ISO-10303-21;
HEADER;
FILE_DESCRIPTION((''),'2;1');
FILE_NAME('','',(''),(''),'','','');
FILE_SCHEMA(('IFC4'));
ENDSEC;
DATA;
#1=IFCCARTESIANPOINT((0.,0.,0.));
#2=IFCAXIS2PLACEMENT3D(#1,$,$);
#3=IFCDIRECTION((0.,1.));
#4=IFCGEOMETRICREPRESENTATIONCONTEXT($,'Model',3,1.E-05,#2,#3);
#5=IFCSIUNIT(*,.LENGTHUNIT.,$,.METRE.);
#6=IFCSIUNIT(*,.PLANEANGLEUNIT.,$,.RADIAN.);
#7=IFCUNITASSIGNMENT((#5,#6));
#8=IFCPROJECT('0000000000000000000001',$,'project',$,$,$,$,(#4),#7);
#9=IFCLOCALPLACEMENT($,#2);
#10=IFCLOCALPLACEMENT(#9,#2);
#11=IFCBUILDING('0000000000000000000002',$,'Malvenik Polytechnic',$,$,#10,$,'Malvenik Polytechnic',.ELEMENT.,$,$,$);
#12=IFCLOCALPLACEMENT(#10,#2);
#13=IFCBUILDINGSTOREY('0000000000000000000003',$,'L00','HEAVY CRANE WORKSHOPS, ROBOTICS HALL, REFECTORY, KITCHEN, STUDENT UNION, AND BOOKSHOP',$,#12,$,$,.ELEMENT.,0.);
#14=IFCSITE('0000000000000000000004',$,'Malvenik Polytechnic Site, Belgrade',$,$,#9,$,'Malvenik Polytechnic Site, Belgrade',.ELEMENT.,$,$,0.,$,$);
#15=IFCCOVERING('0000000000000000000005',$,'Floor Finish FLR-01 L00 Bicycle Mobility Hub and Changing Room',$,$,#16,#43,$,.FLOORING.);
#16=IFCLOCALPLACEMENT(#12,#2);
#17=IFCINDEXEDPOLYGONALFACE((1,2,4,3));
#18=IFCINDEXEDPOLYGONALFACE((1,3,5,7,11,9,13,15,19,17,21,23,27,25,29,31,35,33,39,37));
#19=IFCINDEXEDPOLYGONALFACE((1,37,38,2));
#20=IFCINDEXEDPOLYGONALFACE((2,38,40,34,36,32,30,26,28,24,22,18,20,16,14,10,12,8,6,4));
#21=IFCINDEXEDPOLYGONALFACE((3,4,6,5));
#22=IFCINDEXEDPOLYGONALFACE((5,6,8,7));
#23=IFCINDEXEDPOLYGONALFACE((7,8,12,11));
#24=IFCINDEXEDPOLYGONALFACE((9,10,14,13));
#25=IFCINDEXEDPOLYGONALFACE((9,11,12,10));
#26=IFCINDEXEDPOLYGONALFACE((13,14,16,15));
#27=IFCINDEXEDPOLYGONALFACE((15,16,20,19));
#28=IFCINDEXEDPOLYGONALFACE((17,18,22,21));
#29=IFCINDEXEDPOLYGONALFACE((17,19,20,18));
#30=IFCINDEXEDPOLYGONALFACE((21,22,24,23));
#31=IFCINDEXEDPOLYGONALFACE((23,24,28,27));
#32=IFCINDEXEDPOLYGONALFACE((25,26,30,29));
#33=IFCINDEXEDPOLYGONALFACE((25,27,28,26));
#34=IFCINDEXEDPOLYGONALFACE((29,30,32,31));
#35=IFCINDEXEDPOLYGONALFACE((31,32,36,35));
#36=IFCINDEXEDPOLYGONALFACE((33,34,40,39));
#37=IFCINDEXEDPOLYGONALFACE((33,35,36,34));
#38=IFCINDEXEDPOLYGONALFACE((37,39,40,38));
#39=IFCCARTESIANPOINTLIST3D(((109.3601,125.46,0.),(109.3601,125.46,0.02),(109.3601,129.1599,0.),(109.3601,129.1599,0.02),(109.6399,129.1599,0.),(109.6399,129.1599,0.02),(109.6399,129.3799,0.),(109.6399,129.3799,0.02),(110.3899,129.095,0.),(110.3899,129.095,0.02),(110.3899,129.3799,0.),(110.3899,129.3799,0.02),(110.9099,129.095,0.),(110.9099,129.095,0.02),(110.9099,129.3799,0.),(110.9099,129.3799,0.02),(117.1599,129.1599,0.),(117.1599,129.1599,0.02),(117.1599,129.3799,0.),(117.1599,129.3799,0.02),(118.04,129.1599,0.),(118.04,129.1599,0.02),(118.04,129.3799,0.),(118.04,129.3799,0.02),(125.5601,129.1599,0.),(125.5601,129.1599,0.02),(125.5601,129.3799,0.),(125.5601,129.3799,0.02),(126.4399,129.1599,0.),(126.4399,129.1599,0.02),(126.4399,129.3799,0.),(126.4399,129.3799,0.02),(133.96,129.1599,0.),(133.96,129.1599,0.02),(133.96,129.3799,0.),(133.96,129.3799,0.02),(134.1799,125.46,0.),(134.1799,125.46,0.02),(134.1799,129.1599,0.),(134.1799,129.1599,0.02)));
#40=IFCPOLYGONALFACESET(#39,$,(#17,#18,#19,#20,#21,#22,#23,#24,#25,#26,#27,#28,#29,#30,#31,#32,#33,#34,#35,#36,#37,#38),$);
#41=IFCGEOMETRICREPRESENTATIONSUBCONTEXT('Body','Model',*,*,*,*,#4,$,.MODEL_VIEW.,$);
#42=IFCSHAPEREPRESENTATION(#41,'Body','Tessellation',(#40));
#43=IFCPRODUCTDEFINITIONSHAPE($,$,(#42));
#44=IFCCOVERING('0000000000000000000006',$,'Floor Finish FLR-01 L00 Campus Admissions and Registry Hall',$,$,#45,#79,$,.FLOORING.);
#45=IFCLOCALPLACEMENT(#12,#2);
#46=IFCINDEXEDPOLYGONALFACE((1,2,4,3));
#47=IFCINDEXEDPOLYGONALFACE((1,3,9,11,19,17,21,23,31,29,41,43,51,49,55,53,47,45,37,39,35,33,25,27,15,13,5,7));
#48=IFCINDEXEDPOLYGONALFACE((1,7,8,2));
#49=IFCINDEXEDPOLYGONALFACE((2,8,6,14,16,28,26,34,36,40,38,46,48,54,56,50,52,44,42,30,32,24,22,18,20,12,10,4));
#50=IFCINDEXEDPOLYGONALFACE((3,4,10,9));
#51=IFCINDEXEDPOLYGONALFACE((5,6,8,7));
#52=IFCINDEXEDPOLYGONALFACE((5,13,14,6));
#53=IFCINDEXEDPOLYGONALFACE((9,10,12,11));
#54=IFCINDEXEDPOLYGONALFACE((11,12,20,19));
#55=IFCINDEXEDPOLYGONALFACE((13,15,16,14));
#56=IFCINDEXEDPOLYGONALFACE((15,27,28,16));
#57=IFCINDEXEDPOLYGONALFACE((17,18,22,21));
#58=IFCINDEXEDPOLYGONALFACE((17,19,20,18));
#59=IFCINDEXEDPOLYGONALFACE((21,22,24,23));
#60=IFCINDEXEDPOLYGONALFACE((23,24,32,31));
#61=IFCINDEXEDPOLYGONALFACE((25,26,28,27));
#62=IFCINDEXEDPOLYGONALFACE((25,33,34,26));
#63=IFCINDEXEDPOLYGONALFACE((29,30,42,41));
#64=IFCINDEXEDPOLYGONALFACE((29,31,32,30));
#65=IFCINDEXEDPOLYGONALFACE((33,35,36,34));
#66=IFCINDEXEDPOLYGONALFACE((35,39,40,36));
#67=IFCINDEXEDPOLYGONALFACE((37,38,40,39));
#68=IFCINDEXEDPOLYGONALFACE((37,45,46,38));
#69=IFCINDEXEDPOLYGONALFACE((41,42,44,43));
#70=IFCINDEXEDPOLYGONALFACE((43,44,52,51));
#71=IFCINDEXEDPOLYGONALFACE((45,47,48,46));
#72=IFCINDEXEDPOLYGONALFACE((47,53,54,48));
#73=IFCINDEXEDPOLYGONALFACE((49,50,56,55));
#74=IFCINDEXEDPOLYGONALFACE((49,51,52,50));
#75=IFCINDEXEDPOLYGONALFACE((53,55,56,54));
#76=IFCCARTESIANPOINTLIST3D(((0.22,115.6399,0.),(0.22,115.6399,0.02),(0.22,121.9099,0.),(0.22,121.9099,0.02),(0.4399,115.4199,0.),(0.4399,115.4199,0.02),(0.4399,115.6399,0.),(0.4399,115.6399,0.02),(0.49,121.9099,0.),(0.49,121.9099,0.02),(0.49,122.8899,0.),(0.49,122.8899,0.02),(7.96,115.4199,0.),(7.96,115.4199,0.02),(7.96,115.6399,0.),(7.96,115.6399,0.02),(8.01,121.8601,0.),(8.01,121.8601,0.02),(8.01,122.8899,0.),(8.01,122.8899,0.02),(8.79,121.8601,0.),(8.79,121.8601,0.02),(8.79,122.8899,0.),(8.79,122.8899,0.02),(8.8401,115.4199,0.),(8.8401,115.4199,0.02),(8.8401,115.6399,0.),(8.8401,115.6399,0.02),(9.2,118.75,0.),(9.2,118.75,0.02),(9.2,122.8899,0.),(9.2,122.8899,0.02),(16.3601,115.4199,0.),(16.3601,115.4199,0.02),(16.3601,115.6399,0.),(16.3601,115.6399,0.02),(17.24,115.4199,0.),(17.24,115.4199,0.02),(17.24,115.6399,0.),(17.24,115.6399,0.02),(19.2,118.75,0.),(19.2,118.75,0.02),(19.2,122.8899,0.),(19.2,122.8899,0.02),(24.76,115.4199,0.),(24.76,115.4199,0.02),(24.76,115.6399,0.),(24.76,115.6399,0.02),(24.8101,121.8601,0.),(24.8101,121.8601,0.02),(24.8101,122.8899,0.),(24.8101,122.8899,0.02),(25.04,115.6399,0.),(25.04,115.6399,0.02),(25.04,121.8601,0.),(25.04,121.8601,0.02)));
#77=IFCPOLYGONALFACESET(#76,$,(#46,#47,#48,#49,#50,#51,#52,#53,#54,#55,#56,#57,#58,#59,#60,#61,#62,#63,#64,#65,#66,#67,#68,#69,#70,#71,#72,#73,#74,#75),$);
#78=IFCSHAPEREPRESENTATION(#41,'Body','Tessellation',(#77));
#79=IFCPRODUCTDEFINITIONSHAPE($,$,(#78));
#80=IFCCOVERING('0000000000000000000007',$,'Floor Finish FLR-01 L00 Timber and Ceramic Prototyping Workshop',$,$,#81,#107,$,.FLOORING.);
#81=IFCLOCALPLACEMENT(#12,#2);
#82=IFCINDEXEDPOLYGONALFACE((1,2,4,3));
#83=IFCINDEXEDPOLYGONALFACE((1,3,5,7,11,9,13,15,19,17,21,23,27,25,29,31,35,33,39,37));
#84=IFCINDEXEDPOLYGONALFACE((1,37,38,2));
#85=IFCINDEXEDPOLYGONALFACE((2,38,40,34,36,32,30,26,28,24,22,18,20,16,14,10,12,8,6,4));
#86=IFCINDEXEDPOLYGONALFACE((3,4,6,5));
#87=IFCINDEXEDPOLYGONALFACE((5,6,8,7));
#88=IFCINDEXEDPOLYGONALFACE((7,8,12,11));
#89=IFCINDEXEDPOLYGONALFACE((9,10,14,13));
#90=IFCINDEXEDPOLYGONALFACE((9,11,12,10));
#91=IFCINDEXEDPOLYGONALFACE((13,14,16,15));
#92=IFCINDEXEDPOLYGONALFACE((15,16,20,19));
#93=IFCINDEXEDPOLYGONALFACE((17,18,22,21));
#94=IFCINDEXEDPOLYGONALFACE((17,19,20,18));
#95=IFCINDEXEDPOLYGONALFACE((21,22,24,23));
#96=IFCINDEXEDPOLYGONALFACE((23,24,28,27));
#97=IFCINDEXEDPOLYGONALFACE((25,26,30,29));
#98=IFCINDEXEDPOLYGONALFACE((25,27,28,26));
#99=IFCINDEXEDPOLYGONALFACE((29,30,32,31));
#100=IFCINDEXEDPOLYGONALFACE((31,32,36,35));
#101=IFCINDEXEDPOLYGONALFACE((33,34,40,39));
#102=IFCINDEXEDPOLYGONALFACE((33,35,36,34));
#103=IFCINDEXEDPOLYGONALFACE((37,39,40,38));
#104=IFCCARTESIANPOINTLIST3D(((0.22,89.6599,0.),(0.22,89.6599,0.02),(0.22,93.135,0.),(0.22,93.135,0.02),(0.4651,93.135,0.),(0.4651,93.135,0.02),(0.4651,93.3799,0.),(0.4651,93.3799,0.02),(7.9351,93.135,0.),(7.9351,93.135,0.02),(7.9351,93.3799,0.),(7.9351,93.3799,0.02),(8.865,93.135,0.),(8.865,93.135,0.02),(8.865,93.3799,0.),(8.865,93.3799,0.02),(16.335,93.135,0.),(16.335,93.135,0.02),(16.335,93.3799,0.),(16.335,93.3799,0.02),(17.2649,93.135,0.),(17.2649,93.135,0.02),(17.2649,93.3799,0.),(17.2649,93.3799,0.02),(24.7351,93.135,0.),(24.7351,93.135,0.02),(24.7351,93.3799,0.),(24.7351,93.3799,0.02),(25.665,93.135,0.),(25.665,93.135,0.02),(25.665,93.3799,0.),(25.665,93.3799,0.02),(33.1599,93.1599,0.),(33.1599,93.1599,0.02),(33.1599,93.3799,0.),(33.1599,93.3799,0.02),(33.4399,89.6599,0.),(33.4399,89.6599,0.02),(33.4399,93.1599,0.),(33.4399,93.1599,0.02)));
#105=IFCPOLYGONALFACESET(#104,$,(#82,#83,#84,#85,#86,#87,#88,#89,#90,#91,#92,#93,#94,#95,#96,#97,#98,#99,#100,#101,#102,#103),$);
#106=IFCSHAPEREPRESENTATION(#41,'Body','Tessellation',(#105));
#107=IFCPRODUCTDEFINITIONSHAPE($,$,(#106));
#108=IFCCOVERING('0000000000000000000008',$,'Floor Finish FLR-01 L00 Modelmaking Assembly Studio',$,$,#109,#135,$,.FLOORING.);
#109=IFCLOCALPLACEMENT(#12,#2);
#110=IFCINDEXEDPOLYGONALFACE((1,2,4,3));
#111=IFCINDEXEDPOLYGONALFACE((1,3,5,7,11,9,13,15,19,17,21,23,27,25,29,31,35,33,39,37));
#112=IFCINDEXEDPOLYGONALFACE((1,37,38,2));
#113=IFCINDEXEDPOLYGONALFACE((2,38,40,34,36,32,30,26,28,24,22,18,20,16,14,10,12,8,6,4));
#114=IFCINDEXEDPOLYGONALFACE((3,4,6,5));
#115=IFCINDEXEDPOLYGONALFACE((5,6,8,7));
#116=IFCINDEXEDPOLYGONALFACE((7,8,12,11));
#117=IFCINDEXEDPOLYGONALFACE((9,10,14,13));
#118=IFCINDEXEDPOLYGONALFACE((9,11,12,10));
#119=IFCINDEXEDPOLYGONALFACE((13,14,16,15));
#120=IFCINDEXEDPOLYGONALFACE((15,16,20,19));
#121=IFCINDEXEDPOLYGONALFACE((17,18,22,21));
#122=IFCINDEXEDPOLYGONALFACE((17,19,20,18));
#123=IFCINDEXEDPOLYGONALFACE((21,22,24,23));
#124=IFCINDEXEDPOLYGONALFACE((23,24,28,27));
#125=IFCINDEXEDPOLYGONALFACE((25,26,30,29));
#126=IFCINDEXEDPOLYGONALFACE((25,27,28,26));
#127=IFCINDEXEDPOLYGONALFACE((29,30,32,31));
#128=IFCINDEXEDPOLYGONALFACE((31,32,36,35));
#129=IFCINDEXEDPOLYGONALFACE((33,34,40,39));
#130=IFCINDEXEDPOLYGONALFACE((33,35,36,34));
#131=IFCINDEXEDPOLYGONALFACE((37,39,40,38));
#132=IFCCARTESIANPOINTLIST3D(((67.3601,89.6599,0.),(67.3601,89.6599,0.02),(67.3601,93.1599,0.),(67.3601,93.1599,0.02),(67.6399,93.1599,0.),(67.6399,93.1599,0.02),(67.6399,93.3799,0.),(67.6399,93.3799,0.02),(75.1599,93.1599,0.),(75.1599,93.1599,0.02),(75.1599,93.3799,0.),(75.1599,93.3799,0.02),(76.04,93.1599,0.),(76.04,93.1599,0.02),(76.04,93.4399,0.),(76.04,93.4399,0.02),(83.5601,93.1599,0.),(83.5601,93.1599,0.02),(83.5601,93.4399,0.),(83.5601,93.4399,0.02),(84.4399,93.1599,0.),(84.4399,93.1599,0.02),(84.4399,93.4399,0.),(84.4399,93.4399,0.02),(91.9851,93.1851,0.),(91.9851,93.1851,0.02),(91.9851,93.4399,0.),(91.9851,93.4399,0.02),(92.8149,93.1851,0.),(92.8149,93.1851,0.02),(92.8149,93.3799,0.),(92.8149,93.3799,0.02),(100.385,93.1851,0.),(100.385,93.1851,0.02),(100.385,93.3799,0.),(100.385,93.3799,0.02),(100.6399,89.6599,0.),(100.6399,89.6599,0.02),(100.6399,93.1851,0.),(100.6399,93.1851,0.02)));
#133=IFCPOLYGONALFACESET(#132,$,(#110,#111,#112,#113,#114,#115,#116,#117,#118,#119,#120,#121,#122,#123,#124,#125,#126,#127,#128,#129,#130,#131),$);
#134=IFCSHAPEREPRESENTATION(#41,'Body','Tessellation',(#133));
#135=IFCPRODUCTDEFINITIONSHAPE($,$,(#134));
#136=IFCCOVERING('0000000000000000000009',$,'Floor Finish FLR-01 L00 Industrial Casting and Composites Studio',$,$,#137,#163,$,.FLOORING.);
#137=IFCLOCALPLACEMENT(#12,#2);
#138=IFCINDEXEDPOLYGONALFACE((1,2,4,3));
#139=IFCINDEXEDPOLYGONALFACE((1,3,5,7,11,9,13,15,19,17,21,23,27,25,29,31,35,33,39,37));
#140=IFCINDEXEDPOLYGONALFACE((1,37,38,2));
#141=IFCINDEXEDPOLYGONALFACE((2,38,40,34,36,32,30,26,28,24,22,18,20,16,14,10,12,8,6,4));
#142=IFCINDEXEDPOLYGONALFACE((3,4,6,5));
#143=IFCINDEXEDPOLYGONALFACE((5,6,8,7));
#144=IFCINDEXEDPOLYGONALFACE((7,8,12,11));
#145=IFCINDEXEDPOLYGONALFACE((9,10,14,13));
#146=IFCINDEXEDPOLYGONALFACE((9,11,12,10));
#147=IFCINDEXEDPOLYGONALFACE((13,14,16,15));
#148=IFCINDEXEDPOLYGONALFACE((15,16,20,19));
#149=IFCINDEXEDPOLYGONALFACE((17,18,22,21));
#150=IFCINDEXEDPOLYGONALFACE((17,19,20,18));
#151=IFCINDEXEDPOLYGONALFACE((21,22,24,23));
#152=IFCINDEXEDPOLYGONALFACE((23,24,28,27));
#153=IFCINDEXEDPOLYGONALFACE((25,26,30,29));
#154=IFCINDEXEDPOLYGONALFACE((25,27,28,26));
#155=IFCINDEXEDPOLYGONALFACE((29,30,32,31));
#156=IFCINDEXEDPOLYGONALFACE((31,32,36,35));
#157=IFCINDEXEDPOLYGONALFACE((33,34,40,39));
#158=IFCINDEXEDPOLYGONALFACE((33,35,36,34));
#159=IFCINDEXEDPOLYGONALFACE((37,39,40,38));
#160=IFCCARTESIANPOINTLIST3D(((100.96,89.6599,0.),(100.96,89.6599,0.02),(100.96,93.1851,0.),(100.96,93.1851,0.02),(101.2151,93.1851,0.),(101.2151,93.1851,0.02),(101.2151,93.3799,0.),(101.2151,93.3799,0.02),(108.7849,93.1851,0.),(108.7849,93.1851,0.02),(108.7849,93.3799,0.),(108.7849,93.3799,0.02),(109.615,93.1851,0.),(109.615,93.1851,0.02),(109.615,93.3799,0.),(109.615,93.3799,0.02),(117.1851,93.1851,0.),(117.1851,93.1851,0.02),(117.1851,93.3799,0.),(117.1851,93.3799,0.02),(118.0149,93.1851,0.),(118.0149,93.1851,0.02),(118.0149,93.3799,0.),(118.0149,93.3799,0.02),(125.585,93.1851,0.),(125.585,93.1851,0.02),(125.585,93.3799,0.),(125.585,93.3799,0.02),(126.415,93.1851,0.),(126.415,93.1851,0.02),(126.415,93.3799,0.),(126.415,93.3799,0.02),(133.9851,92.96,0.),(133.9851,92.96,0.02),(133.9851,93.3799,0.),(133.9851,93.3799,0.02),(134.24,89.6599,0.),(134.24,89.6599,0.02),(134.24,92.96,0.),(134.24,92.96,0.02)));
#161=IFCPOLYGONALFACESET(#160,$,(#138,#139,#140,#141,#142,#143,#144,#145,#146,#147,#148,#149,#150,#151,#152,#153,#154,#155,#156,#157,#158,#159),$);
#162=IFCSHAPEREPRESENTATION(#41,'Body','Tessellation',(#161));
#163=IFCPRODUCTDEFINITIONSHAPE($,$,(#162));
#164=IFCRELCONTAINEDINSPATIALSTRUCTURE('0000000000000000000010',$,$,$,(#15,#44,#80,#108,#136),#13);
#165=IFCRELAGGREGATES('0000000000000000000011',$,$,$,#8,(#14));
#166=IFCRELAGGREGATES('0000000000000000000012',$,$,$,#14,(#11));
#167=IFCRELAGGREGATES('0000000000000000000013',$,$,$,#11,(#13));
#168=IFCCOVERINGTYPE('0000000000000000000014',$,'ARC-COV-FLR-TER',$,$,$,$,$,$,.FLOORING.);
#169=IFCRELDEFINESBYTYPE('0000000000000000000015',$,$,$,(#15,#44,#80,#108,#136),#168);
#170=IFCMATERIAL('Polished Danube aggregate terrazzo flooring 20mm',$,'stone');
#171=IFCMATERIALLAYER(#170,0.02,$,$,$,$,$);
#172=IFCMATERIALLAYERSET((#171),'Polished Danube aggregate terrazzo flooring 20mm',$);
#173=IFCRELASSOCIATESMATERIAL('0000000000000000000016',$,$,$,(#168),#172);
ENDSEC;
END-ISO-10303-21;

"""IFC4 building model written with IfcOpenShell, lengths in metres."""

from ifc_helpers import new_model, si_unit, direction, origin, place, context, subcontext, project, spatial, polyline, outline, extrude, material, layer, layer_set, type_object, element, save


model = new_model("IFC4")

# Units and contexts
model_context = context("Model", 3, precision=1e-05, world=origin(), true_north=direction((0.0, 1.0)))
body_context = subcontext(model_context, "Body", "Model", "MODEL_VIEW")
ifc_project = project(units=[si_unit("LENGTHUNIT", "METRE"), si_unit("PLANEANGLEUNIT", "RADIAN")], contexts=[model_context])

# Site, building, storey
site_placement = place(None, origin())
site = spatial("IfcSite", under=ifc_project, at=site_placement, Name="Malvenik Polytechnic Site, Belgrade", LongName="Malvenik Polytechnic Site, Belgrade", CompositionType="ELEMENT", RefElevation=0.0)
building_placement = place(site_placement, origin())
building = spatial("IfcBuilding", under=site, at=building_placement, Name="Malvenik Polytechnic", LongName="Malvenik Polytechnic", CompositionType="ELEMENT")
storey_placement = place(building_placement, origin())
storey = spatial("IfcBuildingStorey", under=building, at=storey_placement, Name="L00", Description="HEAVY CRANE WORKSHOPS, ROBOTICS HALL, REFECTORY, KITCHEN, STUDENT UNION, AND BOOKSHOP", CompositionType="ELEMENT", Elevation=0.0)

# Coverings
ifc_material_1 = material(Name="Polished Danube aggregate terrazzo flooring 20mm", Category="stone")
ifc_layer_1 = layer(ifc_material_1, 0.02)
ifc_layer_set_1 = layer_set([ifc_layer_1], Name="Polished Danube aggregate terrazzo flooring 20mm")
covering_type_1 = type_object("IfcCoveringType", Name="ARC-COV-FLR-TER", PredefinedType="FLOORING", material=ifc_layer_set_1)
covering_1_placement = place(storey_placement, origin())
element("IfcCovering", 1, at=covering_1_placement, inside=storey, type_object=covering_type_1, Name="Floor Finish FLR-01 L00 Bicycle Mobility Hub and Changing Room", PredefinedType="FLOORING", context=body_context, shape_type="SweptSolid", body=[
    extrude(outline(polyline([(110.3899, 129.095), (110.9099, 129.095), (110.9099, 129.3799), (117.1599, 129.3799), (117.1599, 129.1599), (118.04, 129.1599), (118.04, 129.3799), (125.5601, 129.3799), (125.5601, 129.1599), (126.4399, 129.1599), (126.4399, 129.3799), (133.96, 129.3799), (133.96, 129.1599), (134.1799, 129.1599), (134.1799, 125.46), (109.3601, 125.46), (109.3601, 129.1599), (109.6399, 129.1599), (109.6399, 129.3799), (110.3899, 129.3799), (110.3899, 129.095)])), origin(), (0.0, 0.0, 1.0), 0.02),
])
covering_2_placement = place(storey_placement, origin())
element("IfcCovering", 2, at=covering_2_placement, inside=storey, type_object=covering_type_1, Name="Floor Finish FLR-01 L00 Campus Admissions and Registry Hall", PredefinedType="FLOORING", context=body_context, shape_type="SweptSolid", body=[
    extrude(outline(polyline([(0.49, 122.8899), (8.01, 122.8899), (8.01, 121.8601), (8.79, 121.8601), (8.79, 122.8899), (9.2, 122.8899), (9.2, 118.75), (19.2, 118.75), (19.2, 122.8899), (24.8101, 122.8899), (24.8101, 121.8601), (25.04, 121.8601), (25.04, 115.6399), (24.76, 115.6399), (24.76, 115.4199), (17.24, 115.4199), (17.24, 115.6399), (16.3601, 115.6399), (16.3601, 115.4199), (8.8401, 115.4199), (8.8401, 115.6399), (7.96, 115.6399), (7.96, 115.4199), (0.4399, 115.4199), (0.4399, 115.6399), (0.22, 115.6399), (0.22, 121.9099), (0.49, 121.9099), (0.49, 122.8899)])), origin(), (0.0, 0.0, 1.0), 0.02),
])
covering_3_placement = place(storey_placement, origin())
element("IfcCovering", 3, at=covering_3_placement, inside=storey, type_object=covering_type_1, Name="Floor Finish FLR-01 L00 Timber and Ceramic Prototyping Workshop", PredefinedType="FLOORING", context=body_context, shape_type="SweptSolid", body=[
    extrude(outline(polyline([(0.22, 93.135), (0.4651, 93.135), (0.4651, 93.3799), (7.9351, 93.3799), (7.9351, 93.135), (8.865, 93.135), (8.865, 93.3799), (16.335, 93.3799), (16.335, 93.135), (17.2649, 93.135), (17.2649, 93.3799), (24.7351, 93.3799), (24.7351, 93.135), (25.665, 93.135), (25.665, 93.3799), (33.1599, 93.3799), (33.1599, 93.1599), (33.4399, 93.1599), (33.4399, 89.6599), (0.22, 89.6599), (0.22, 93.135)])), origin(), (0.0, 0.0, 1.0), 0.02),
])
covering_4_placement = place(storey_placement, origin())
element("IfcCovering", 4, at=covering_4_placement, inside=storey, type_object=covering_type_1, Name="Floor Finish FLR-01 L00 Modelmaking Assembly Studio", PredefinedType="FLOORING", context=body_context, shape_type="SweptSolid", body=[
    extrude(outline(polyline([(75.1599, 93.1599), (76.04, 93.1599), (76.04, 93.4399), (83.5601, 93.4399), (83.5601, 93.1599), (84.4399, 93.1599), (84.4399, 93.4399), (91.9851, 93.4399), (91.9851, 93.1851), (92.8149, 93.1851), (92.8149, 93.3799), (100.385, 93.3799), (100.385, 93.1851), (100.6399, 93.1851), (100.6399, 89.6599), (67.3601, 89.6599), (67.3601, 93.1599), (67.6399, 93.1599), (67.6399, 93.3799), (75.1599, 93.3799), (75.1599, 93.1599)])), origin(), (0.0, 0.0, 1.0), 0.02),
])
covering_5_placement = place(storey_placement, origin())
element("IfcCovering", 5, at=covering_5_placement, inside=storey, type_object=covering_type_1, Name="Floor Finish FLR-01 L00 Industrial Casting and Composites Studio", PredefinedType="FLOORING", context=body_context, shape_type="SweptSolid", body=[
    extrude(outline(polyline([(108.7849, 93.1851), (109.615, 93.1851), (109.615, 93.3799), (117.1851, 93.3799), (117.1851, 93.1851), (118.0149, 93.1851), (118.0149, 93.3799), (125.585, 93.3799), (125.585, 93.1851), (126.415, 93.1851), (126.415, 93.3799), (133.9851, 93.3799), (133.9851, 92.96), (134.24, 92.96), (134.24, 89.6599), (100.96, 89.6599), (100.96, 93.1851), (101.2151, 93.1851), (101.2151, 93.3799), (108.7849, 93.3799), (108.7849, 93.1851)])), origin(), (0.0, 0.0, 1.0), 0.02),
])

save(model, "model.ifc")
